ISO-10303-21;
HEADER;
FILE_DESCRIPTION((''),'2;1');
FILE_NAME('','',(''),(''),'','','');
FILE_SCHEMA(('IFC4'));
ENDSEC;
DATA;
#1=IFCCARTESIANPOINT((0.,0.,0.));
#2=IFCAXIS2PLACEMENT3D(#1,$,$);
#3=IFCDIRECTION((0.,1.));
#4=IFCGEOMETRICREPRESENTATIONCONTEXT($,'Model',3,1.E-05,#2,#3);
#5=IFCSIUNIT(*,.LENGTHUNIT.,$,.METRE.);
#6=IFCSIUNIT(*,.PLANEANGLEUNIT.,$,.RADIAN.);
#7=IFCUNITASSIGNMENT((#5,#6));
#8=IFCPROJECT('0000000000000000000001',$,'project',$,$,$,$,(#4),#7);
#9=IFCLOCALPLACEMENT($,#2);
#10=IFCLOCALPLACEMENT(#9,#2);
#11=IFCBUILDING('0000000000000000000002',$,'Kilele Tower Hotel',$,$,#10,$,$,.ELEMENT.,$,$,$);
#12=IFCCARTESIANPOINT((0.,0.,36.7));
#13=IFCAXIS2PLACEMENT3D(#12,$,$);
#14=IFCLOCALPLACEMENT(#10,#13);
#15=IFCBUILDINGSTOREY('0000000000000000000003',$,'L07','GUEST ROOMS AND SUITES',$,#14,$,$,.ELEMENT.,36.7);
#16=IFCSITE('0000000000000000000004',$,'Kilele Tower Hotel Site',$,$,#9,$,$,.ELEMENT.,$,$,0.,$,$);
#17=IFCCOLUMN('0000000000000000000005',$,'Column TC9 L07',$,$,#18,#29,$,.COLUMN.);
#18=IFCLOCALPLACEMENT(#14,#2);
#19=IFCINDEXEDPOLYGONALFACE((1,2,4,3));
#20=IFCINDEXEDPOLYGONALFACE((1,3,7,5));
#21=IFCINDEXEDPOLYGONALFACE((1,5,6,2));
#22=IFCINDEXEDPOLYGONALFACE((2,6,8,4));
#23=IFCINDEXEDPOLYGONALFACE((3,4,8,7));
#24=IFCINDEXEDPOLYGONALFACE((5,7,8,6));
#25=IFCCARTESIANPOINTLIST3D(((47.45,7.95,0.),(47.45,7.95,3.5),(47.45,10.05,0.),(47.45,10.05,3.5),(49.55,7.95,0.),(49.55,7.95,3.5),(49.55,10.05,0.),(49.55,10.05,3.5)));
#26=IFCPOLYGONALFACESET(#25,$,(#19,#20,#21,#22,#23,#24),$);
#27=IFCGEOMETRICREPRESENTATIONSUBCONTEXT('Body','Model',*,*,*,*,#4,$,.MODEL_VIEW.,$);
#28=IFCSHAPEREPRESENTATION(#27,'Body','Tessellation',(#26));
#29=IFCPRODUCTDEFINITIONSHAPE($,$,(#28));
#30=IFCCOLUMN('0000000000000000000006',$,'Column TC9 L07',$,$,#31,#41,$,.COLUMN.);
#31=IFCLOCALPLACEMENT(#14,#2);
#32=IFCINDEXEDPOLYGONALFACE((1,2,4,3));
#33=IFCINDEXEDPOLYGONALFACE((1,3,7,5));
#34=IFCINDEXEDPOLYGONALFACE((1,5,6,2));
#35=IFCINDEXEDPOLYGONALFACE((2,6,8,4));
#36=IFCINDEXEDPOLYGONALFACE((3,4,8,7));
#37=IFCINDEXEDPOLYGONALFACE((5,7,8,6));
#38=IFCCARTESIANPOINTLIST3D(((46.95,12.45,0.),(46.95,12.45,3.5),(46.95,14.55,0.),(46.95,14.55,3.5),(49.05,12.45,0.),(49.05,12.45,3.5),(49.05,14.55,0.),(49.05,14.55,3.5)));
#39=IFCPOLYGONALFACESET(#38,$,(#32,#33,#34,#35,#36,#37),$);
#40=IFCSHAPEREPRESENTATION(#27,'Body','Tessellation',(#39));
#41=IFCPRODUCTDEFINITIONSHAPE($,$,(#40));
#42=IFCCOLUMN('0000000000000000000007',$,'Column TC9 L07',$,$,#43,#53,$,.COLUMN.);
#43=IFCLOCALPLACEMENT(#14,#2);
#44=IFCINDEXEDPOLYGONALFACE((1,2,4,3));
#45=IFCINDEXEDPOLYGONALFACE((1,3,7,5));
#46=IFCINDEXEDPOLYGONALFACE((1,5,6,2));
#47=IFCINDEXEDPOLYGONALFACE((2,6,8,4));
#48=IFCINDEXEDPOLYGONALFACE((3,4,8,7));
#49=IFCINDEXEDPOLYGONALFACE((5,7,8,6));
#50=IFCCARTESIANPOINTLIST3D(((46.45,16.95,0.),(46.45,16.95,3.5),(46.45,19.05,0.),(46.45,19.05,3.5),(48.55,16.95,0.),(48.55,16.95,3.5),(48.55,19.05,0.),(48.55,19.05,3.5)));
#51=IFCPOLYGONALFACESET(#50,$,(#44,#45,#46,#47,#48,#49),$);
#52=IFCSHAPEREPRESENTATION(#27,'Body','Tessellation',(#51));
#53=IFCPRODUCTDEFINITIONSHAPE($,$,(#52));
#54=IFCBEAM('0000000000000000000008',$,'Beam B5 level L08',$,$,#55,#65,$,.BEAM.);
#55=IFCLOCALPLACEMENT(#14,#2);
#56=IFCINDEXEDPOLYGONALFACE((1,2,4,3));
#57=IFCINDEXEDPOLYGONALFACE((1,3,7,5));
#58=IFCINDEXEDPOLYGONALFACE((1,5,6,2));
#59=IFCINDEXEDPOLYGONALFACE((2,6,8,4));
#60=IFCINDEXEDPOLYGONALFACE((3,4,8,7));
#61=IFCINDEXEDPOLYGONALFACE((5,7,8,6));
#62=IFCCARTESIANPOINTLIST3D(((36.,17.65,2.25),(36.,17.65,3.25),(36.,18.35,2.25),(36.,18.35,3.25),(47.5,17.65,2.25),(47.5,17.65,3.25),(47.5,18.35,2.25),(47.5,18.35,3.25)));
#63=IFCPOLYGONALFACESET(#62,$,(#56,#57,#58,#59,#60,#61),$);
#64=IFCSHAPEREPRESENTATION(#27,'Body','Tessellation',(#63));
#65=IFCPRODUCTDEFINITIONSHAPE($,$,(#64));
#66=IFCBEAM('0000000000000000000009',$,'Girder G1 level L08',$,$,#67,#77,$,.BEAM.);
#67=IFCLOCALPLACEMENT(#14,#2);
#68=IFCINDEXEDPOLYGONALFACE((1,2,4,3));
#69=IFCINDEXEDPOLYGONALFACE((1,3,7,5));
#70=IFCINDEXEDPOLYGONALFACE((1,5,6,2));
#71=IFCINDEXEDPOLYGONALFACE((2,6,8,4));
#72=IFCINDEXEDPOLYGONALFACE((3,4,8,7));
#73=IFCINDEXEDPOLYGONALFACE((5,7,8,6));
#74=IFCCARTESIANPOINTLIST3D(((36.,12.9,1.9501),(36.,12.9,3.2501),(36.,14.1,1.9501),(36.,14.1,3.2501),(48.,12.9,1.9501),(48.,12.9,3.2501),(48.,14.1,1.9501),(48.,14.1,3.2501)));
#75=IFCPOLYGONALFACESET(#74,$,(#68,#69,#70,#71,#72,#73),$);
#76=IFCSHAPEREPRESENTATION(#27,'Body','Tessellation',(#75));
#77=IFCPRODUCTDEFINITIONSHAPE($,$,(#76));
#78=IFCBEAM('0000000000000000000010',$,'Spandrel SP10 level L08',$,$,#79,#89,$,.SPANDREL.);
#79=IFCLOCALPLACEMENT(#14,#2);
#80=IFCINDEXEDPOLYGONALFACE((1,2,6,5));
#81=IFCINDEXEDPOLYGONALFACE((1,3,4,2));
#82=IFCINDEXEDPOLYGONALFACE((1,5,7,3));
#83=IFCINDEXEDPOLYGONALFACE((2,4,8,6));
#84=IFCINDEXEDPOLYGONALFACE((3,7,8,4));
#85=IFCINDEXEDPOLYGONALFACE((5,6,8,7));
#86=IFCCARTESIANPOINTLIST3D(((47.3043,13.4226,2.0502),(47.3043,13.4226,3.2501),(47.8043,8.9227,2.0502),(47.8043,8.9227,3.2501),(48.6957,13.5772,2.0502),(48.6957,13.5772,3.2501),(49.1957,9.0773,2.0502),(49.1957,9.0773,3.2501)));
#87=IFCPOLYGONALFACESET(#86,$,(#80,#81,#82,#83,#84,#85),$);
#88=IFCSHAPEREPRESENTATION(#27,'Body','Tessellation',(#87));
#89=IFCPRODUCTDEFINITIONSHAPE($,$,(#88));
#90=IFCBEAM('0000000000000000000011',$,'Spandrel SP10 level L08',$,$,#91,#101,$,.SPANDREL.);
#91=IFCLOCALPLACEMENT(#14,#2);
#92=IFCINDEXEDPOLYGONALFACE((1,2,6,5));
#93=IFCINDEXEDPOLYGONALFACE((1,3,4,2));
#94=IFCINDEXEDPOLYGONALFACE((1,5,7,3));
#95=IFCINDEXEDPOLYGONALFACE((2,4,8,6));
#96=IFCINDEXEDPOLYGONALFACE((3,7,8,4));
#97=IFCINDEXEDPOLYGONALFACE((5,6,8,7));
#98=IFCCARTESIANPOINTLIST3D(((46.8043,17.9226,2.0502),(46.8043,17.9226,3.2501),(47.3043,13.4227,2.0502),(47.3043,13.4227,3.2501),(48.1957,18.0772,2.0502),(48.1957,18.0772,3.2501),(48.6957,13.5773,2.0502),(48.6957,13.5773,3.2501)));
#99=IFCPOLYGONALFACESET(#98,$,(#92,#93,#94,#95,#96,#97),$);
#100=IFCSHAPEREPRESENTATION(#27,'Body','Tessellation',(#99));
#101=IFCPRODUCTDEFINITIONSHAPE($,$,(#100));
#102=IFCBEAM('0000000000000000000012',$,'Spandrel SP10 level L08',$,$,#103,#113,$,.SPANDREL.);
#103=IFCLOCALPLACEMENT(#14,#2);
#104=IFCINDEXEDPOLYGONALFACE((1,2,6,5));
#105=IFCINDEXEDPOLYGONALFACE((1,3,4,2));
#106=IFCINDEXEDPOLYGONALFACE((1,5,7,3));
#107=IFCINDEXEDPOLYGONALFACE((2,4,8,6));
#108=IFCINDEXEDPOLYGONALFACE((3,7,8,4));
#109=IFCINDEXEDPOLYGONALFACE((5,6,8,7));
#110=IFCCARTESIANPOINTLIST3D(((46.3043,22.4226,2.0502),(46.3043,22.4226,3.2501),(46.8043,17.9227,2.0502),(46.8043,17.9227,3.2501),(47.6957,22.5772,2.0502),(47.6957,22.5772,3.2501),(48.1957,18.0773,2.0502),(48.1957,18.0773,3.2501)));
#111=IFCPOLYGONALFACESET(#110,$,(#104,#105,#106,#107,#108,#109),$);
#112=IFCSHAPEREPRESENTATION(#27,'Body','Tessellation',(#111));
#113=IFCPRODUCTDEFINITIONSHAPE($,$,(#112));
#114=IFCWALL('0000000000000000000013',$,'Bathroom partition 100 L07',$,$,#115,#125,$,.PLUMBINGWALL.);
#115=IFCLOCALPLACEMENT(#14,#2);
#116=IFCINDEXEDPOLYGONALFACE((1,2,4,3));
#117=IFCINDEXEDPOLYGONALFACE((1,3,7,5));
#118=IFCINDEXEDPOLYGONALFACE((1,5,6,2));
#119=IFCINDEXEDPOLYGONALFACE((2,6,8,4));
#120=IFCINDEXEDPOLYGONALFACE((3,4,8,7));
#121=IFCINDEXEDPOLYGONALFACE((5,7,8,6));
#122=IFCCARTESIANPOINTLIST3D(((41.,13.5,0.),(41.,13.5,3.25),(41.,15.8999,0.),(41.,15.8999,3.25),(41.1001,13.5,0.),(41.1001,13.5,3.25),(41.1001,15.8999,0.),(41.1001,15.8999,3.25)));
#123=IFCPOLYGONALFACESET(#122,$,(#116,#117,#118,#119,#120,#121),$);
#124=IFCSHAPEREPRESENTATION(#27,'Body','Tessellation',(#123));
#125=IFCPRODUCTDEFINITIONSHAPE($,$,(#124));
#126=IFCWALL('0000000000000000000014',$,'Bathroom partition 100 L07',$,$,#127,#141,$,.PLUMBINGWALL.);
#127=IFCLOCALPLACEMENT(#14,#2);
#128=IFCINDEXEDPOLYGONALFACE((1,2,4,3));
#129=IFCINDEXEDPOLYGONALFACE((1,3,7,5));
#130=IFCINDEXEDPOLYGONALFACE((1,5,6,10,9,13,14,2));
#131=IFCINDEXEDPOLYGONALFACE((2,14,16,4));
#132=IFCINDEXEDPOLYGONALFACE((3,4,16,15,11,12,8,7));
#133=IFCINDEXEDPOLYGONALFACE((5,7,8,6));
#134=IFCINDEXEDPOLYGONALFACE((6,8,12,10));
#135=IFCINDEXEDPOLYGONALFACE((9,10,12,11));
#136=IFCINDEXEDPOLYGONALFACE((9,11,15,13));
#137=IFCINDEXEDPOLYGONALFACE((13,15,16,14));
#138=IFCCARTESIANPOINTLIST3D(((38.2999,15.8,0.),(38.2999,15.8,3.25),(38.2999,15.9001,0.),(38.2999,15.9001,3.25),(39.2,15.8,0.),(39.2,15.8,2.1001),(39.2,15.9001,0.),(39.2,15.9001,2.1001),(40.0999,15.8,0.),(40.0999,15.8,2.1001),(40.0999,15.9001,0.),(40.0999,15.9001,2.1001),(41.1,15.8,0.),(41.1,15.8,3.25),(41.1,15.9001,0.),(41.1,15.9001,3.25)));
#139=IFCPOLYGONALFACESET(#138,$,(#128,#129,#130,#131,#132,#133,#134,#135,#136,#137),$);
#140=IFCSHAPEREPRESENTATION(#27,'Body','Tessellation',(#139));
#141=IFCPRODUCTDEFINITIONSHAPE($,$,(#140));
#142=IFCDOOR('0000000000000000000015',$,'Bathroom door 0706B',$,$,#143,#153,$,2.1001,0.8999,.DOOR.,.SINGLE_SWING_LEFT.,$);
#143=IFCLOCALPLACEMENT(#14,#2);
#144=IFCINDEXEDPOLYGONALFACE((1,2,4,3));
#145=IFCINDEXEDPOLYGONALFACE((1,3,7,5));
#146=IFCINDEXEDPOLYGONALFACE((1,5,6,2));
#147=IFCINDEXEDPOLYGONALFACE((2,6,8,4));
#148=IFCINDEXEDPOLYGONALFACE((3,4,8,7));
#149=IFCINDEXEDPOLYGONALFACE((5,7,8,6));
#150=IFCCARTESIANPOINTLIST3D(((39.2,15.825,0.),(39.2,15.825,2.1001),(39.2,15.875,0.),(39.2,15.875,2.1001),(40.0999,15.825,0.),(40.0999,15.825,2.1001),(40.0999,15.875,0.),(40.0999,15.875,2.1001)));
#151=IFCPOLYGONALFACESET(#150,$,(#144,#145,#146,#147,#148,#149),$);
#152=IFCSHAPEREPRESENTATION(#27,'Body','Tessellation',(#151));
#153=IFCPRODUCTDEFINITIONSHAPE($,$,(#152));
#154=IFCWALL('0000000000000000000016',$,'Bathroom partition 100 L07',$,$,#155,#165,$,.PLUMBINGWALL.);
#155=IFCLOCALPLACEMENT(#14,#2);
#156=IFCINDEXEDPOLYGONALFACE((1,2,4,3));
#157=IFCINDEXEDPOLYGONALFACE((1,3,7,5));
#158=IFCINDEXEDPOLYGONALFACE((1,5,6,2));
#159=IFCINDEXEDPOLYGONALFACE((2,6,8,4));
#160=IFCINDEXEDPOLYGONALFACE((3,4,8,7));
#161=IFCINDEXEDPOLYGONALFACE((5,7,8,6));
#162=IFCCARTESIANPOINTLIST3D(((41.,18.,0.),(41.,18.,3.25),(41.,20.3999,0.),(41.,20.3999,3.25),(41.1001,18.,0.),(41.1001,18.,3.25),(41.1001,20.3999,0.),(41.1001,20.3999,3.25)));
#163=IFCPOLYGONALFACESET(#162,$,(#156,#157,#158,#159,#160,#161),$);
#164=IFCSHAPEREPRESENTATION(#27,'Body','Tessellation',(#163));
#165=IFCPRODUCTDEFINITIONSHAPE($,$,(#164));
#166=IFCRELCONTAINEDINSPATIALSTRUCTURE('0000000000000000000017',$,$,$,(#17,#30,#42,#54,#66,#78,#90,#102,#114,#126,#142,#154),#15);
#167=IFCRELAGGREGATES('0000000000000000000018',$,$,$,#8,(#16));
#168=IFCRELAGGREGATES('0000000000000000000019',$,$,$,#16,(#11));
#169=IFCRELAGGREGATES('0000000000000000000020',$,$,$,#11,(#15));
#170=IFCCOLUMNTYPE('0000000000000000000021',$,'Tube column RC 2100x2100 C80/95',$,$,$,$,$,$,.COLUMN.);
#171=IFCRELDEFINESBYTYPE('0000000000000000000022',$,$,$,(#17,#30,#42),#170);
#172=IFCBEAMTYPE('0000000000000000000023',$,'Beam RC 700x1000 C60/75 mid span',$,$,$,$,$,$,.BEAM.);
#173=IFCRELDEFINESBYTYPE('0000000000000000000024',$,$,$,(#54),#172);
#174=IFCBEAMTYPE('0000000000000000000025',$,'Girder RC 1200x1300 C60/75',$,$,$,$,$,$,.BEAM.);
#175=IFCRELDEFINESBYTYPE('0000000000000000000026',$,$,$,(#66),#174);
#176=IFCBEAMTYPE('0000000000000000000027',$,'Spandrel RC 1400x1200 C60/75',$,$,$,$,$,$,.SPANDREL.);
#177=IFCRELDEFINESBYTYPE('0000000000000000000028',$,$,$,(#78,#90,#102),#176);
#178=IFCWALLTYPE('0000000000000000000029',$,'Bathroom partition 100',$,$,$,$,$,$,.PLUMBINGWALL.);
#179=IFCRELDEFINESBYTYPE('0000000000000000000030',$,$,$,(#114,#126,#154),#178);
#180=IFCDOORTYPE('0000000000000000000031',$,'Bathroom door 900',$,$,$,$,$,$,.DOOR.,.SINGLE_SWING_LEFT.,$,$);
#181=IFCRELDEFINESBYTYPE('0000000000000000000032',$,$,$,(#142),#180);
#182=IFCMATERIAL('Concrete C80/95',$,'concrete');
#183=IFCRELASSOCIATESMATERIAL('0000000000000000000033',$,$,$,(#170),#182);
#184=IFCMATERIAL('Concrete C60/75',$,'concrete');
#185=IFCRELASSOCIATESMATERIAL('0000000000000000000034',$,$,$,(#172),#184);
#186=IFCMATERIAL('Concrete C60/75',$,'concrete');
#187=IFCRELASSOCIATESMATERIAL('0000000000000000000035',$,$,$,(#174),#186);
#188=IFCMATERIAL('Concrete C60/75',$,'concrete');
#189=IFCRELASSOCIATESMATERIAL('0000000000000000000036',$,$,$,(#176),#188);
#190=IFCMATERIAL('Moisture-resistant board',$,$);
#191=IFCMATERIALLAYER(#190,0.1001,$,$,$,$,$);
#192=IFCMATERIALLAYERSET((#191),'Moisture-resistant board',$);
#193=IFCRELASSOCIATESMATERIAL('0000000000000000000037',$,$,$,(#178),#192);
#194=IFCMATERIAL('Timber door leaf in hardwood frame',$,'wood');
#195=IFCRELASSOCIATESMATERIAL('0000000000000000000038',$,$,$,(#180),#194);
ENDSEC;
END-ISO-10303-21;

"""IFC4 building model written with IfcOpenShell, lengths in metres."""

from ifc_helpers import new_model, si_unit, direction, frame, frame_2d, origin, origin_2d, place, context, subcontext, project, spatial, rectangle, extrude, material, layer, layer_set, material_profile, profile_set, type_object, element, fill, save


model = new_model("IFC4")

# Units and contexts
model_context = context("Model", 3, precision=1e-05, world=origin(), true_north=direction((0.0, 1.0)))
body_context = subcontext(model_context, "Body", "Model", "MODEL_VIEW")
ifc_project = project(units=[si_unit("LENGTHUNIT", "METRE"), si_unit("PLANEANGLEUNIT", "RADIAN")], contexts=[model_context])

# Site, building, storey
site_placement = place(None, origin())
site = spatial("IfcSite", under=ifc_project, at=site_placement, Name="Kilele Tower Hotel Site", CompositionType="ELEMENT", RefElevation=0.0)
building_placement = place(site_placement, origin())
building = spatial("IfcBuilding", under=site, at=building_placement, Name="Kilele Tower Hotel", CompositionType="ELEMENT")
storey_placement = place(building_placement, frame((0.0, 0.0, 36.7)))
storey = spatial("IfcBuildingStorey", under=building, at=storey_placement, Name="L07", Description="GUEST ROOMS AND SUITES", CompositionType="ELEMENT", Elevation=36.7)

# Columns
ifc_material_1 = material(Name="Concrete C80/95", Category="concrete")
ifc_material_profile_1 = material_profile(ifc_material_1, rectangle(XDim=2.1001, YDim=2.1001, at=origin_2d()))
ifc_profile_set_1 = profile_set([ifc_material_profile_1], Name="Concrete C80/95")
column_type = type_object("IfcColumnType", Name="Tube column RC 2100x2100 C80/95", PredefinedType="COLUMN", material=ifc_profile_set_1)
for number, where, z_axis, x_axis, name in (
    (1, (48.5, 9.0, 0.0), (0.0, 0.0, 1.0), (1.0, 0.0, 0.0), "Column TC9 L07"),
    (2, (48.0, 13.5, 0.0), (0.0, 0.0, 1.0), (1.0, 0.0, 0.0), "Column TC9 L07"),
    (3, (47.5, 18.0, 0.0), (0.0, 0.0, 1.0), (1.0, 0.0, 0.0), "Column TC9 L07"),
):
    element("IfcColumn", number, at=place(storey_placement, frame(where, z_axis=z_axis, x_axis=x_axis)), inside=storey, type_object=column_type, Name=name, PredefinedType="COLUMN", context=body_context, shape_type="SweptSolid", body=[
        extrude(rectangle(XDim=2.1001, YDim=2.1001, at=origin_2d()), origin(), (0.0, 0.0, 1.0), 3.5),
    ])

# Beams
ifc_material_2 = material(Name="Concrete C60/75", Category="concrete")
ifc_material_profile_2 = material_profile(ifc_material_2, rectangle(XDim=0.7, YDim=1.0, at=origin_2d()))
ifc_profile_set_2 = profile_set([ifc_material_profile_2], Name="Concrete C60/75")
beam_type_1 = type_object("IfcBeamType", Name="Beam RC 700x1000 C60/75 mid span", PredefinedType="BEAM", material=ifc_profile_set_2)
beam_1_placement = place(storey_placement, frame((47.5, 18.0, 2.75), z_axis=(-1.0, 0.0, 0.0), x_axis=(0.0, -1.0, 0.0)))
element("IfcBeam", 4, at=beam_1_placement, inside=storey, type_object=beam_type_1, Name="Beam B5 level L08", PredefinedType="BEAM", context=body_context, shape_type="SweptSolid", body=[
    extrude(rectangle(XDim=0.7, YDim=1.0, at=origin_2d()), origin(), (0.0, 0.0, 1.0), 11.5),
])
ifc_material_3 = material(Name="Concrete C60/75", Category="concrete")
ifc_material_profile_3 = material_profile(ifc_material_3, rectangle(XDim=1.2, YDim=1.3, at=origin_2d()))
ifc_profile_set_3 = profile_set([ifc_material_profile_3], Name="Concrete C60/75")
beam_type_2 = type_object("IfcBeamType", Name="Girder RC 1200x1300 C60/75", PredefinedType="BEAM", material=ifc_profile_set_3)
beam_2_placement = place(storey_placement, frame((48.0, 13.5, 2.6001), z_axis=(-1.0, 0.0, 0.0), x_axis=(0.0, -1.0, 0.0)))
element("IfcBeam", 5, at=beam_2_placement, inside=storey, type_object=beam_type_2, Name="Girder G1 level L08", PredefinedType="BEAM", context=body_context, shape_type="SweptSolid", body=[
    extrude(rectangle(XDim=1.2, YDim=1.3, at=origin_2d()), origin(), (0.0, 0.0, 1.0), 12.0),
])
ifc_material_4 = material(Name="Concrete C60/75", Category="concrete")
ifc_material_profile_4 = material_profile(ifc_material_4, rectangle(XDim=1.3999, YDim=1.2, at=origin_2d()))
ifc_profile_set_4 = profile_set([ifc_material_profile_4], Name="Concrete C60/75")
beam_type_3 = type_object("IfcBeamType", Name="Spandrel RC 1400x1200 C60/75", PredefinedType="SPANDREL", material=ifc_profile_set_4)
for number, where, z_axis, x_axis, name in (
    (6, (48.5, 9.0, 2.6501), (-0.110432, 0.993884, 0.0), (-0.993884, -0.110432, 0.0), "Spandrel SP10 level L08"),
    (7, (48.0, 13.5, 2.6501), (-0.110432, 0.993884, 0.0), (-0.993884, -0.110432, 0.0), "Spandrel SP10 level L08"),
    (8, (47.5, 18.0, 2.6501), (-0.110432, 0.993884, 0.0), (-0.993884, -0.110432, 0.0), "Spandrel SP10 level L08"),
):
    element("IfcBeam", number, at=place(storey_placement, frame(where, z_axis=z_axis, x_axis=x_axis)), inside=storey, type_object=beam_type_3, Name=name, PredefinedType="SPANDREL", context=body_context, shape_type="SweptSolid", body=[
        extrude(rectangle(XDim=1.3999, YDim=1.2, at=origin_2d()), origin(), (0.0, 0.0, 1.0), 4.5276),
    ])

# Wall
ifc_material_5 = material(Name="Moisture-resistant board")
ifc_layer_1 = layer(ifc_material_5, 0.1001)
ifc_layer_set_1 = layer_set([ifc_layer_1], Name="Moisture-resistant board")
wall_type_1 = type_object("IfcWallType", Name="Bathroom partition 100", PredefinedType="PLUMBINGWALL", material=ifc_layer_set_1)
wall_1_placement = place(storey_placement, frame((41.05, 13.5, 0.0), z_axis=(0.0, 0.0, 1.0), x_axis=(0.0, 1.0, 0.0)))
element("IfcWall", 9, at=wall_1_placement, inside=storey, type_object=wall_type_1, Name="Bathroom partition 100 L07", PredefinedType="PLUMBINGWALL", context=body_context, shape_type="SweptSolid", body=[
    extrude(rectangle(XDim=2.3999, YDim=0.1001, at=frame_2d((1.2, 0.0))), origin(), (0.0, 0.0, 1.0), 3.25),
])

# Wall, opening, door
wall_2_placement = place(storey_placement, frame((38.3, 15.8501, 0.0), z_axis=(0.0, 0.0, 1.0), x_axis=(1.0, 0.0, 0.0)))
wall_2 = element("IfcWall", 10, at=wall_2_placement, inside=storey, type_object=wall_type_1, Name="Bathroom partition 100 L07", PredefinedType="PLUMBINGWALL", context=body_context, shape_type="SweptSolid", body=[
    extrude(rectangle(XDim=2.8, YDim=0.1001, at=frame_2d((1.3999, 0.0))), origin(), (0.0, 0.0, 1.0), 3.25),
])
opening_1_placement = place(wall_2_placement, frame((0.8999, 0.0, 0.0)))
opening_1 = element("IfcOpeningElement", 11, at=opening_1_placement, cuts=wall_2, PredefinedType="OPENING", context=body_context, shape_type="SweptSolid", body=[
    extrude(rectangle(XDim=0.8999, YDim=2.1001, at=frame_2d((0.45, 1.05))), frame((0.0, 0.0601, 0.0), z_axis=(0.0, -1.0, 0.0), x_axis=(1.0, 0.0, 0.0)), (0.0, 0.0, 1.0), 0.1201),
])
ifc_material_6 = material(Name="Timber door leaf in hardwood frame", Category="wood")
door_type_1 = type_object("IfcDoorType", Name="Bathroom door 900", OperationType="SINGLE_SWING_LEFT", PredefinedType="DOOR", material=ifc_material_6)
door_1_placement = place(opening_1_placement, origin())
door_1 = element("IfcDoor", 12, at=door_1_placement, inside=storey, type_object=door_type_1, Name="Bathroom door 0706B", OperationType="SINGLE_SWING_LEFT", OverallHeight=2.1001, OverallWidth=0.8999, PredefinedType="DOOR", context=body_context, shape_type="SweptSolid", body=[
    extrude(rectangle(XDim=0.8999, YDim=2.1001, at=frame_2d((0.45, 1.05))), frame((0.0, 0.0249, 0.0), z_axis=(0.0, -1.0, 0.0), x_axis=(1.0, 0.0, 0.0)), (0.0, 0.0, 1.0), 0.05),
])
fill(opening_1, door_1)

# Wall
wall_3_placement = place(storey_placement, frame((41.05, 18.0, 0.0), z_axis=(0.0, 0.0, 1.0), x_axis=(0.0, 1.0, 0.0)))
element("IfcWall", 13, at=wall_3_placement, inside=storey, type_object=wall_type_1, Name="Bathroom partition 100 L07", PredefinedType="PLUMBINGWALL", context=body_context, shape_type="SweptSolid", body=[
    extrude(rectangle(XDim=2.3999, YDim=0.1001, at=frame_2d((1.2, 0.0))), origin(), (0.0, 0.0, 1.0), 3.25),
])

save(model, "model.ifc")
